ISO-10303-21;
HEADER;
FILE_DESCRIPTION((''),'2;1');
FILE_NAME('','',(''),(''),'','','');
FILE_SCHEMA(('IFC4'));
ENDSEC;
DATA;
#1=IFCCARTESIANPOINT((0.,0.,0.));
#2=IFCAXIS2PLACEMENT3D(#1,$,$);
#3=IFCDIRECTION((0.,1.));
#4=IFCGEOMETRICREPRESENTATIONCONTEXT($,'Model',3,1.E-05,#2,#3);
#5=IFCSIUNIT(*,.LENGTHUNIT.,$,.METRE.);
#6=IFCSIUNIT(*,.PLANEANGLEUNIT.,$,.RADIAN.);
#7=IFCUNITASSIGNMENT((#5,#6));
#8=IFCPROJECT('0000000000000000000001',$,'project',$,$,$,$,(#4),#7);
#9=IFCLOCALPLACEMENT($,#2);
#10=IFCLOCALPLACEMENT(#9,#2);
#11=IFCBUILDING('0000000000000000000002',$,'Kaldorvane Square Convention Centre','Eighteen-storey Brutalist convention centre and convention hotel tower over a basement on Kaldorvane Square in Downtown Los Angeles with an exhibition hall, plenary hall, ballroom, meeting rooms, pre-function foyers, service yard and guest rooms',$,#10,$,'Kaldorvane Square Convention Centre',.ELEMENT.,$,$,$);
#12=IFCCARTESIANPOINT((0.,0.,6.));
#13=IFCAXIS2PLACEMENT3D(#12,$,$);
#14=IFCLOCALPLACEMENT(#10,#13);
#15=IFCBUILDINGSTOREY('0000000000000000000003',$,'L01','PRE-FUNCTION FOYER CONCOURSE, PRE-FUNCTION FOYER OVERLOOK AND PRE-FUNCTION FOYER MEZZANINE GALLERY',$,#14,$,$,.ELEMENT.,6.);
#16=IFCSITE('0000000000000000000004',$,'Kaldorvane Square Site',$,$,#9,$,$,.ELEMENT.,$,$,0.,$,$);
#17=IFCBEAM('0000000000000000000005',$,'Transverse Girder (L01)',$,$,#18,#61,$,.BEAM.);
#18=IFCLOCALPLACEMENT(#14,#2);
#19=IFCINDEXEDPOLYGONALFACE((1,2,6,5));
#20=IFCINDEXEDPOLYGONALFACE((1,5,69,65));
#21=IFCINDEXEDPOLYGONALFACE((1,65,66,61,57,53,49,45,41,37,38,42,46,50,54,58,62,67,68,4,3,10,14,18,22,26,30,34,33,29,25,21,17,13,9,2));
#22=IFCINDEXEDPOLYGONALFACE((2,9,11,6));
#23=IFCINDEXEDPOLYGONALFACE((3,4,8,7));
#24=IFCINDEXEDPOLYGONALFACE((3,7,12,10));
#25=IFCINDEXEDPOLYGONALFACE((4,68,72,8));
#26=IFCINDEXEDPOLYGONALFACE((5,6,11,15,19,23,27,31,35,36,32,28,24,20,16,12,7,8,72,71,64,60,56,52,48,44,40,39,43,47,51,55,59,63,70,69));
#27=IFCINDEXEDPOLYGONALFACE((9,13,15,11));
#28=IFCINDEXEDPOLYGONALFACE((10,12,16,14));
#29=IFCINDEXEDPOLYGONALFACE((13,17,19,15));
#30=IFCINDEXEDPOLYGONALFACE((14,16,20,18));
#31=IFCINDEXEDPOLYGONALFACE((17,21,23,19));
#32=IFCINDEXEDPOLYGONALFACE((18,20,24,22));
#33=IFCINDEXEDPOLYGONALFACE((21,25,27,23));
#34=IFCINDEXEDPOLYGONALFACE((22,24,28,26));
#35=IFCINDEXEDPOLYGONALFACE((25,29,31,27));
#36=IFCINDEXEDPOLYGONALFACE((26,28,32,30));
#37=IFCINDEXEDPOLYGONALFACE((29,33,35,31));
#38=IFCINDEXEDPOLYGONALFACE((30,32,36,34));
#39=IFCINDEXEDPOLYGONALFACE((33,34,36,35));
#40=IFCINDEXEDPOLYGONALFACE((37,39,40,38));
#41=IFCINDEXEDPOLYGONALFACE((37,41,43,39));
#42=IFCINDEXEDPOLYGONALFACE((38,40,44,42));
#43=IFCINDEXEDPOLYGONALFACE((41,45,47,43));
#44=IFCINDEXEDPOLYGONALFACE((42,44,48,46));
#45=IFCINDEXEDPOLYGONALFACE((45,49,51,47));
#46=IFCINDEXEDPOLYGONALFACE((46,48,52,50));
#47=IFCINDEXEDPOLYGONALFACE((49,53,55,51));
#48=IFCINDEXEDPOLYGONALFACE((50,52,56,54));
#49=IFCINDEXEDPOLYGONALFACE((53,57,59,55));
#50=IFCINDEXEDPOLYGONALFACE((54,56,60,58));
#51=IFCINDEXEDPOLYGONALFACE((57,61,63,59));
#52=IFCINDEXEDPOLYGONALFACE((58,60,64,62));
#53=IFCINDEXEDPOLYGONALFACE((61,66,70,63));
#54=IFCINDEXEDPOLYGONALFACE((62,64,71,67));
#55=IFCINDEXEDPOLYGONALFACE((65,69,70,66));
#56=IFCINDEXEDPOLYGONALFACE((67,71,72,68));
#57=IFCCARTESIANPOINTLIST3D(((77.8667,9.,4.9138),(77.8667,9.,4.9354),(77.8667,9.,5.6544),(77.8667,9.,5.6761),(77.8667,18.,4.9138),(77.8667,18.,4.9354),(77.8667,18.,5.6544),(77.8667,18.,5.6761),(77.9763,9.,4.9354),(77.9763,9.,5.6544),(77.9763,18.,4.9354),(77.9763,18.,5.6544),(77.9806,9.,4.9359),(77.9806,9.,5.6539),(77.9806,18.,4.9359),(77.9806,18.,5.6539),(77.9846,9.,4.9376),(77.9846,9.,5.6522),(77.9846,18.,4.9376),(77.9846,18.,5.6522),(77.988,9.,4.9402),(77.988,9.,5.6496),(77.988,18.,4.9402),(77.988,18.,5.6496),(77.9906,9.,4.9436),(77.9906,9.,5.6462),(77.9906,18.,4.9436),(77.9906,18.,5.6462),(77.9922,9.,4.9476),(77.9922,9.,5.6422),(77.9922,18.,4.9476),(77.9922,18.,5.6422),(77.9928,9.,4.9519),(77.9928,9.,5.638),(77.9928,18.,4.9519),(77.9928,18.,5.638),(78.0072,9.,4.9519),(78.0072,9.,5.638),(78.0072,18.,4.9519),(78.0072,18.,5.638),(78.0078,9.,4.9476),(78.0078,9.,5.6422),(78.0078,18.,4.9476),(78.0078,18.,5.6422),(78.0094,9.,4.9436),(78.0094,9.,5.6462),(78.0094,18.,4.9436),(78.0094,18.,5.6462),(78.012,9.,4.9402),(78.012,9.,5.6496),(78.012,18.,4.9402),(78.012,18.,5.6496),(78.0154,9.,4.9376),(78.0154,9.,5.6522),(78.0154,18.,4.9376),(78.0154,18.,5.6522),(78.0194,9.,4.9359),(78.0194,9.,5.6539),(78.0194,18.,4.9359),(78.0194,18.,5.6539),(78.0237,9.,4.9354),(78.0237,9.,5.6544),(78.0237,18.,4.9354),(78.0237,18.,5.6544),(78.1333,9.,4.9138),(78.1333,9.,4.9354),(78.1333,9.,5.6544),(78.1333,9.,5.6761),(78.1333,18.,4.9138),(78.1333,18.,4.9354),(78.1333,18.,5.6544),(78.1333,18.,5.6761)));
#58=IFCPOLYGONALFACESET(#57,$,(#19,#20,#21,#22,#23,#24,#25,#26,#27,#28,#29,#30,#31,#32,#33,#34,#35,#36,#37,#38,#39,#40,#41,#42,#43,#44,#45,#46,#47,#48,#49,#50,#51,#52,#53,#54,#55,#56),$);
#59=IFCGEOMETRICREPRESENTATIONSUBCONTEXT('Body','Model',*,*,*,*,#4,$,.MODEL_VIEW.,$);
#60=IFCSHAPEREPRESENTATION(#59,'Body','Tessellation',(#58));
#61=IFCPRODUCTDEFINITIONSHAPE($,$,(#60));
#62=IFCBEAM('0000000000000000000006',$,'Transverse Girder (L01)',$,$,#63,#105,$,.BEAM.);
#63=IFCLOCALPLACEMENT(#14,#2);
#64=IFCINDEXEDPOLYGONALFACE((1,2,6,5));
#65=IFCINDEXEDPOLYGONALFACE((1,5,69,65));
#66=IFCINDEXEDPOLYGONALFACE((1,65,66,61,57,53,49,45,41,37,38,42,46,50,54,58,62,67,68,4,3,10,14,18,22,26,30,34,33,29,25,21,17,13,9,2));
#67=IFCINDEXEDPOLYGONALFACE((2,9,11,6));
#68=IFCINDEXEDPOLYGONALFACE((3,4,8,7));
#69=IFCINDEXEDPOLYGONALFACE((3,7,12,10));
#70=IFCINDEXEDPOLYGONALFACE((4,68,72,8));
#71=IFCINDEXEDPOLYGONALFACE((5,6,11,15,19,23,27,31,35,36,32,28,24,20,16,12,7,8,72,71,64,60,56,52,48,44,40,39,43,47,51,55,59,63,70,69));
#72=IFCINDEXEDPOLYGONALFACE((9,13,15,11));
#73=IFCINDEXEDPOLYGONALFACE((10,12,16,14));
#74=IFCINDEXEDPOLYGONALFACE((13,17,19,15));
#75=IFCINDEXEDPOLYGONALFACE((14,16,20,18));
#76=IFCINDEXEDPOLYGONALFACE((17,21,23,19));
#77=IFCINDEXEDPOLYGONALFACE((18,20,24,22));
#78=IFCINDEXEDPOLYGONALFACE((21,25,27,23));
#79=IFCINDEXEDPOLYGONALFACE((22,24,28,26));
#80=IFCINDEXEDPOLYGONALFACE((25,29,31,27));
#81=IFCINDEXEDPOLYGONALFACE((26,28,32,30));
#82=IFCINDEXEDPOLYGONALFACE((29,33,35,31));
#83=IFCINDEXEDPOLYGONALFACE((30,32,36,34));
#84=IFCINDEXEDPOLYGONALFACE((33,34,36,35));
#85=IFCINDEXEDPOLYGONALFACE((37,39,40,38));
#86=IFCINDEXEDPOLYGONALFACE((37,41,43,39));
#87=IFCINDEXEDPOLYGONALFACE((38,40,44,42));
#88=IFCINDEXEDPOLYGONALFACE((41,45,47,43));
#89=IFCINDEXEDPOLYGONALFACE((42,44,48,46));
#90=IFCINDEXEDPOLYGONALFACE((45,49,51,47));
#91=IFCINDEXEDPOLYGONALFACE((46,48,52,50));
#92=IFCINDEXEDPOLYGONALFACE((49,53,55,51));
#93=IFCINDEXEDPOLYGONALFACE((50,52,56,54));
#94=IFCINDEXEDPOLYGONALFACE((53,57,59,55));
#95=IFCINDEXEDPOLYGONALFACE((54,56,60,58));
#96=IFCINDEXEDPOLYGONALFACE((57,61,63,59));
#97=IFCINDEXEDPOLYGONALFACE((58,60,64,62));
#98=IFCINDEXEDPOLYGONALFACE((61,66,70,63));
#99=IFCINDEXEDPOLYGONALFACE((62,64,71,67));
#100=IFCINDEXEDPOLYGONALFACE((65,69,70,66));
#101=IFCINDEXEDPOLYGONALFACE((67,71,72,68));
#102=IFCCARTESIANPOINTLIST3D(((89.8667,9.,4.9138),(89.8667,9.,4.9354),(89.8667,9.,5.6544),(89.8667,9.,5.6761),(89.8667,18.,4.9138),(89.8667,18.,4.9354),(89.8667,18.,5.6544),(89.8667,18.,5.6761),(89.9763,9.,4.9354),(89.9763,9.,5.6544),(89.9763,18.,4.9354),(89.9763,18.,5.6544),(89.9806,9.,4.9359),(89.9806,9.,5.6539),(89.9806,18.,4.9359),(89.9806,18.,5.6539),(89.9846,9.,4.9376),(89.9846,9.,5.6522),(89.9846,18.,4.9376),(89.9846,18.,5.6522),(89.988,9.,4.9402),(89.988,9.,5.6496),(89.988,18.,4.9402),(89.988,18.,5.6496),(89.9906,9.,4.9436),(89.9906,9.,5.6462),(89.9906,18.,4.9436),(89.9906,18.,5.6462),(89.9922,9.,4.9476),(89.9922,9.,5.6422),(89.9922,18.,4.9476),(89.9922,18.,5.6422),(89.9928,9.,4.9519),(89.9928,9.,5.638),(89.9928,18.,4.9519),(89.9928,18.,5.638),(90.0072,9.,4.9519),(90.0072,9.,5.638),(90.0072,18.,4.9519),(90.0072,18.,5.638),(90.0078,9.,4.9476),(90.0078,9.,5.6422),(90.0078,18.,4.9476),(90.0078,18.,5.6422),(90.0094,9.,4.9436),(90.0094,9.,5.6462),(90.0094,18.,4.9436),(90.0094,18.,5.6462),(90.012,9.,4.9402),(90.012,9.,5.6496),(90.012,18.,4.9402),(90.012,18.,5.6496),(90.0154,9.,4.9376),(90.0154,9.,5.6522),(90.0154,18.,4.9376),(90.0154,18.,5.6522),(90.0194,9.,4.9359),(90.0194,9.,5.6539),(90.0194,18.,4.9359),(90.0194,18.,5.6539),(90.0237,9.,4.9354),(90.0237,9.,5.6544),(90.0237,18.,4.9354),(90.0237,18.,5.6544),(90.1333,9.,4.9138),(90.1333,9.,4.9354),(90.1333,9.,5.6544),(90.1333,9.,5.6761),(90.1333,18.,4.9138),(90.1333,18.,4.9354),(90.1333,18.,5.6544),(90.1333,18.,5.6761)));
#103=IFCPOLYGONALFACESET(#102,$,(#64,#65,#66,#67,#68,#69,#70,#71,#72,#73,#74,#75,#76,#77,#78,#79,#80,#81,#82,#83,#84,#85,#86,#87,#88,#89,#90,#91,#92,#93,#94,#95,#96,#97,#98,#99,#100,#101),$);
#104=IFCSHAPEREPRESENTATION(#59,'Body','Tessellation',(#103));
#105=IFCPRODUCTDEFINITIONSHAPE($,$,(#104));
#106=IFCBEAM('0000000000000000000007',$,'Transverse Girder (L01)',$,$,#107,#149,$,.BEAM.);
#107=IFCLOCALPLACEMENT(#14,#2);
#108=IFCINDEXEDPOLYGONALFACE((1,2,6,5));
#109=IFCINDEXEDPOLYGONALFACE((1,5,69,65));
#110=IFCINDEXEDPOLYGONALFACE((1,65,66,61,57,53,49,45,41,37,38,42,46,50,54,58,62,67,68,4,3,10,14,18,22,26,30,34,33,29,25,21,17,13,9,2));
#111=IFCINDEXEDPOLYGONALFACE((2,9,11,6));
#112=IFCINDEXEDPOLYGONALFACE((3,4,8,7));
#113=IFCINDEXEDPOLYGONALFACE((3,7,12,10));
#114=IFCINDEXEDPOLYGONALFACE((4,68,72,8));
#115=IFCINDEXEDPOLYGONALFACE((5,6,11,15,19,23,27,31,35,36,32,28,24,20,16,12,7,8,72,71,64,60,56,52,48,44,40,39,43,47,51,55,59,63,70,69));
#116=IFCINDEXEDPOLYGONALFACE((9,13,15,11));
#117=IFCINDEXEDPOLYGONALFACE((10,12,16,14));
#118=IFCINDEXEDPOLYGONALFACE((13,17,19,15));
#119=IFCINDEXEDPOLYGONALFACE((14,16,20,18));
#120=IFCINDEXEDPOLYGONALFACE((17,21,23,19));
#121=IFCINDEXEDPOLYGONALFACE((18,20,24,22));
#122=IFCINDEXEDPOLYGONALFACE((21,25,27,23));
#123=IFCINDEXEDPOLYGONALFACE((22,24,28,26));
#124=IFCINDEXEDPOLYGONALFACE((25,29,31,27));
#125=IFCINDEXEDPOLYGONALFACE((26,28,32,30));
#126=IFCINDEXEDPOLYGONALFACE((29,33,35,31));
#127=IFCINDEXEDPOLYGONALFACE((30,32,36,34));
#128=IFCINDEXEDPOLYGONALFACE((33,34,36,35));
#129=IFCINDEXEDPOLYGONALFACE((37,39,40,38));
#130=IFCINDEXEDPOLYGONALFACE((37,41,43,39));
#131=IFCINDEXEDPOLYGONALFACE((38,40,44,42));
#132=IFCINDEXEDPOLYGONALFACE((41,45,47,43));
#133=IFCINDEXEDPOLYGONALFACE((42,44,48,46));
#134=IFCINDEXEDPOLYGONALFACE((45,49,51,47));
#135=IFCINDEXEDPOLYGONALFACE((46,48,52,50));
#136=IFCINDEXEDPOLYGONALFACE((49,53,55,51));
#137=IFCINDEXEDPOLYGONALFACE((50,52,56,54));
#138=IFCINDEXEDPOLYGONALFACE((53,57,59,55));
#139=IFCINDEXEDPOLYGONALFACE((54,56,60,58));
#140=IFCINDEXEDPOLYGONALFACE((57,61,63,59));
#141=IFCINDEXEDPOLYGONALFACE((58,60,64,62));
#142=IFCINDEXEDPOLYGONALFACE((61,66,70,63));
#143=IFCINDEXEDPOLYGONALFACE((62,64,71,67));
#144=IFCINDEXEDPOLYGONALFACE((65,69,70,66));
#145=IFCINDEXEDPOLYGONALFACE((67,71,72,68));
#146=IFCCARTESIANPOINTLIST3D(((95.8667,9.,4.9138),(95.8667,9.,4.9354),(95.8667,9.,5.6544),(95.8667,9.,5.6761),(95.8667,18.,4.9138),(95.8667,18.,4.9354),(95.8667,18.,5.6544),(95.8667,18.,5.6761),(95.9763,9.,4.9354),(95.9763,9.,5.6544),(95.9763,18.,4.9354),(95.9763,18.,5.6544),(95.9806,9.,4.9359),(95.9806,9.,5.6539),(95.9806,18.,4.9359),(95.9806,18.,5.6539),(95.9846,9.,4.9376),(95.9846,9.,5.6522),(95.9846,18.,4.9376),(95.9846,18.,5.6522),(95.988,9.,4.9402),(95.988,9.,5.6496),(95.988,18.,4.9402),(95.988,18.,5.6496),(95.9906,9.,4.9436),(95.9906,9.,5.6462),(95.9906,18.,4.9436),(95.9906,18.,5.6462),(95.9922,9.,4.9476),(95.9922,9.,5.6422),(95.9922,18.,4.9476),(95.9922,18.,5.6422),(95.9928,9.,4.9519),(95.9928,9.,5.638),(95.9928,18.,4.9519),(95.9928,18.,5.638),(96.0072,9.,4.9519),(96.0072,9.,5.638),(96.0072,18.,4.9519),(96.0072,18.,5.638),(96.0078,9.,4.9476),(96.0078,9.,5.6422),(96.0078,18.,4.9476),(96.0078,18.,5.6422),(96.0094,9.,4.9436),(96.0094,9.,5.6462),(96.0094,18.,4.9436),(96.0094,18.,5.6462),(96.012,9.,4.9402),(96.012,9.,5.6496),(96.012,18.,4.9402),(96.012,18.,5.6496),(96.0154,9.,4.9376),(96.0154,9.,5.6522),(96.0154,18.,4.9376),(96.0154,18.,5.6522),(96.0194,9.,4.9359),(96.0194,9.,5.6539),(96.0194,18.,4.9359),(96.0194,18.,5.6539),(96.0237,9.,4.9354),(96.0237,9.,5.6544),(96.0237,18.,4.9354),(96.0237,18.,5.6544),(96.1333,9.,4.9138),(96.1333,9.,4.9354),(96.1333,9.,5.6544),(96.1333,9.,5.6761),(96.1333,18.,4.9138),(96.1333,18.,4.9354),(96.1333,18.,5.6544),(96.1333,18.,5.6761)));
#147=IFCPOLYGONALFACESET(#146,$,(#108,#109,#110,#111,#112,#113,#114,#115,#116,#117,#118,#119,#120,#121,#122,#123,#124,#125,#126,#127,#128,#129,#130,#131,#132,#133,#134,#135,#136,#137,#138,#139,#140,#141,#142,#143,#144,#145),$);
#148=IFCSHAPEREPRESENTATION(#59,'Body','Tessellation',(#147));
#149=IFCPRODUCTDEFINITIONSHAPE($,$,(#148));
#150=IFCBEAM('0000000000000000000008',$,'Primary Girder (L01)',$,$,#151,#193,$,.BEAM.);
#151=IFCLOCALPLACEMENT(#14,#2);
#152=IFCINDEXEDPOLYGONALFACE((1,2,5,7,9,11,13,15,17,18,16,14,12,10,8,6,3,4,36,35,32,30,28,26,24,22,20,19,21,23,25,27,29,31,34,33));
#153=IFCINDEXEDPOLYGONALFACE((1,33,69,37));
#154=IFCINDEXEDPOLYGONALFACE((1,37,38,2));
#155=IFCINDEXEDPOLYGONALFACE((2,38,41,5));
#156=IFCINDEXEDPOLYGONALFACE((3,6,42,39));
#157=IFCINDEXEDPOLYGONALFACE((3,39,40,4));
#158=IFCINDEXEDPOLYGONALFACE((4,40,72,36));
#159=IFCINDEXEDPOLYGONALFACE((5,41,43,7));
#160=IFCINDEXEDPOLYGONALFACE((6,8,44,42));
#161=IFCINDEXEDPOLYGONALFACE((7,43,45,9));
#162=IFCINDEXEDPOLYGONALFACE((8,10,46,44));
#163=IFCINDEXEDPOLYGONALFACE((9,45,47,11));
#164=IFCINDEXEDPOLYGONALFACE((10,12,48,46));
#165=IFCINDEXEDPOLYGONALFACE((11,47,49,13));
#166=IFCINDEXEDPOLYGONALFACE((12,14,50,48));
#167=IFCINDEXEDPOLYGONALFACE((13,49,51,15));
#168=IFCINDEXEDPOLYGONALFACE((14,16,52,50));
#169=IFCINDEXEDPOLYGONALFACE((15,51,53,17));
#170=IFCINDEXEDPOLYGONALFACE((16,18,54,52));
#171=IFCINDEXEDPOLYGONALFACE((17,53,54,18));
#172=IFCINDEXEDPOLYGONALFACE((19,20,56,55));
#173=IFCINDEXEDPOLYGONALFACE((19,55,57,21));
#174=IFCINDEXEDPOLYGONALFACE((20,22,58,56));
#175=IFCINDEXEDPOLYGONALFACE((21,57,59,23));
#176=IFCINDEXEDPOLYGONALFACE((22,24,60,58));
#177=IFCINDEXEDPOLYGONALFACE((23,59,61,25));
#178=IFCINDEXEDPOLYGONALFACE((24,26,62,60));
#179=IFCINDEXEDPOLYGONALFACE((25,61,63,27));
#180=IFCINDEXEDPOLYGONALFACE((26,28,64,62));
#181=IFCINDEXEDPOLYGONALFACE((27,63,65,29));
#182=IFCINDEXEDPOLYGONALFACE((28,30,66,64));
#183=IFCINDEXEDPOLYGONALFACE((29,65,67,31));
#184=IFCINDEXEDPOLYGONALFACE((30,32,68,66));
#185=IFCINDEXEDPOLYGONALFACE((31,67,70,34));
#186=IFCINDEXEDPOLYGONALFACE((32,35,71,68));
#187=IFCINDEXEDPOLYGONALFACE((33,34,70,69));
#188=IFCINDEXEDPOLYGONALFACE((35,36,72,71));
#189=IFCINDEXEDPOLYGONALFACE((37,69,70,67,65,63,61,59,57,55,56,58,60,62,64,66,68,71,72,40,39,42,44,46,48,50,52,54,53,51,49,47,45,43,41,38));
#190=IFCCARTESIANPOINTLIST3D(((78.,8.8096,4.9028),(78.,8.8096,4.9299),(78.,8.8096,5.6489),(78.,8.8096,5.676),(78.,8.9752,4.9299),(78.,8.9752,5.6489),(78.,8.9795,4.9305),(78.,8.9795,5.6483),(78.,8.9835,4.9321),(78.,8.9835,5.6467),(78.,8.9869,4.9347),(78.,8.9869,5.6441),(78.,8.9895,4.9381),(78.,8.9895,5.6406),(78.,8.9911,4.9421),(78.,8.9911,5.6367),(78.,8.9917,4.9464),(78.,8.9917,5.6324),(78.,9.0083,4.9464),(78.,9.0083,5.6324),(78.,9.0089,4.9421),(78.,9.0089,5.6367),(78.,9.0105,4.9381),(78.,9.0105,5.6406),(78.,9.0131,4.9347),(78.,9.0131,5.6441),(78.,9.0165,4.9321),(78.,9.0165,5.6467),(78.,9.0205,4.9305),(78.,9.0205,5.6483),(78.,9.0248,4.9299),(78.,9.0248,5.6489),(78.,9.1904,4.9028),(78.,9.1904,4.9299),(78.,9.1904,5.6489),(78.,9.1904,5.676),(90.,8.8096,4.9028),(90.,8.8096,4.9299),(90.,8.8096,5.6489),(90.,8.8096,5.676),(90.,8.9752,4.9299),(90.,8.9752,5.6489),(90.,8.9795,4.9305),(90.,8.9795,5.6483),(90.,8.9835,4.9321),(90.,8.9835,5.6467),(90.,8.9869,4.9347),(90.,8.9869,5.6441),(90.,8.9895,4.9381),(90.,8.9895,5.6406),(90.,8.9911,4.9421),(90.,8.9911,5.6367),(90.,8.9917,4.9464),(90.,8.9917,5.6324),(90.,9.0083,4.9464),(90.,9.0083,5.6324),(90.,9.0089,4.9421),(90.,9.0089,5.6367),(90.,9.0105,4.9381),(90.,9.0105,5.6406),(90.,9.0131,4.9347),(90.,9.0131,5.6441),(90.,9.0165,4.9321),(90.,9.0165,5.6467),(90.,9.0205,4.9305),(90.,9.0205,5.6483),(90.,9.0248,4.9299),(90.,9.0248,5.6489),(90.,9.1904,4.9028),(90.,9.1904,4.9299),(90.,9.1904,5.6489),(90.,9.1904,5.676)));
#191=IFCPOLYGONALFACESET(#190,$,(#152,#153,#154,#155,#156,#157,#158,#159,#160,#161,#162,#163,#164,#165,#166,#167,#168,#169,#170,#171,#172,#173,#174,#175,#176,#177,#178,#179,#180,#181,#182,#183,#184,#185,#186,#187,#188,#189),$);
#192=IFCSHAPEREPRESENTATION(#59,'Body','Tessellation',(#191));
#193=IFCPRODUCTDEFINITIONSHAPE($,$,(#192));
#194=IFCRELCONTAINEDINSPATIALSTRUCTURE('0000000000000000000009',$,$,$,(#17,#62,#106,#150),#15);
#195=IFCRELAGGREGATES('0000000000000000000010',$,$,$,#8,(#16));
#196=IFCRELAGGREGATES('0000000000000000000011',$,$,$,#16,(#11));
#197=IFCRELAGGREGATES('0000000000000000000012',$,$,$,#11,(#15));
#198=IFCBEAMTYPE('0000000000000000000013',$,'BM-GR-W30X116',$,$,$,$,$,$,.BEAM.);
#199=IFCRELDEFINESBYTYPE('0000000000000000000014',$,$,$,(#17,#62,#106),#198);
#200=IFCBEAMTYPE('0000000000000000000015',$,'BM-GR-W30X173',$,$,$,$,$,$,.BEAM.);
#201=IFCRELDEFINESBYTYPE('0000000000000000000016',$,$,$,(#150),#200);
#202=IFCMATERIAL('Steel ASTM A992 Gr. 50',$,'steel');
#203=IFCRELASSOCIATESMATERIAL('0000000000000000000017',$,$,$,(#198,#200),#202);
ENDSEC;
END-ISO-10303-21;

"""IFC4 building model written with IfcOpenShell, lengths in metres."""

from ifc_helpers import new_model, si_unit, direction, frame, origin, origin_2d, place, context, subcontext, project, spatial, i_section, extrude, material, material_profile, profile_set, type_object, element, save


model = new_model("IFC4")

# Units and contexts
model_context = context("Model", 3, precision=1e-05, world=origin(), true_north=direction((0.0, 1.0)))
body_context = subcontext(model_context, "Body", "Model", "MODEL_VIEW")
ifc_project = project(units=[si_unit("LENGTHUNIT", "METRE"), si_unit("PLANEANGLEUNIT", "RADIAN")], contexts=[model_context])

# Site, building, storey
site_placement = place(None, origin())
site = spatial("IfcSite", under=ifc_project, at=site_placement, Name="Kaldorvane Square Site", CompositionType="ELEMENT", RefElevation=0.0)
building_placement = place(site_placement, origin())
building = spatial("IfcBuilding", under=site, at=building_placement, Name="Kaldorvane Square Convention Centre", Description="Eighteen-storey Brutalist convention centre and convention hotel tower over a basement on Kaldorvane Square in Downtown Los Angeles with an exhibition hall, plenary hall, ballroom, meeting rooms, pre-function foyers, service yard and guest rooms", LongName="Kaldorvane Square Convention Centre", CompositionType="ELEMENT")
storey_placement = place(building_placement, frame((0.0, 0.0, 6.0)))
storey = spatial("IfcBuildingStorey", under=building, at=storey_placement, Name="L01", Description="PRE-FUNCTION FOYER CONCOURSE, PRE-FUNCTION FOYER OVERLOOK AND PRE-FUNCTION FOYER MEZZANINE GALLERY", CompositionType="ELEMENT", Elevation=6.0)

# Shared definitions
ifc_material_1 = material(Name="Steel ASTM A992 Gr. 50", Category="steel")

# Beams
ifc_material_profile_1 = material_profile(ifc_material_1, i_section(OverallWidth=0.2666, OverallDepth=0.7623, WebThickness=0.0144, FlangeThickness=0.0216, FilletRadius=0.0165, at=origin_2d()), Name="W30X116")
ifc_profile_set_1 = profile_set([ifc_material_profile_1], Name="Steel ASTM A992 Gr. 50")
beam_type_1 = type_object("IfcBeamType", Name="BM-GR-W30X116", PredefinedType="BEAM", material=ifc_profile_set_1)
for number, where, z_axis, x_axis, name in (
    (1, (78.0, 9.0, 5.2949), (0.0, 1.0, 0.0), (-1.0, 0.0, 0.0), "Transverse Girder (L01)"),
    (2, (90.0, 9.0, 5.2949), (0.0, 1.0, 0.0), (-1.0, 0.0, 0.0), "Transverse Girder (L01)"),
    (3, (96.0, 9.0, 5.2949), (0.0, 1.0, 0.0), (-1.0, 0.0, 0.0), "Transverse Girder (L01)"),
):
    element("IfcBeam", number, at=place(storey_placement, frame(where, z_axis=z_axis, x_axis=x_axis)), inside=storey, type_object=beam_type_1, Name=name, PredefinedType="BEAM", context=body_context, shape_type="SweptSolid", body=[
        extrude(i_section(OverallWidth=0.2666, OverallDepth=0.7623, WebThickness=0.0144, FlangeThickness=0.0216, FilletRadius=0.0165, at=origin_2d()), origin(), (0.0, 0.0, 1.0), 9.0),
    ])
ifc_material_profile_2 = material_profile(ifc_material_1, i_section(OverallWidth=0.3807, OverallDepth=0.7732, WebThickness=0.0166, FlangeThickness=0.0271, FilletRadius=0.0165, at=origin_2d()), Name="W30X173")
ifc_profile_set_2 = profile_set([ifc_material_profile_2], Name="Steel ASTM A992 Gr. 50")
beam_type_2 = type_object("IfcBeamType", Name="BM-GR-W30X173", PredefinedType="BEAM", material=ifc_profile_set_2)
for number, where, z_axis, x_axis, name in (
    (4, (78.0, 9.0, 5.2894), (1.0, 0.0, 0.0), (0.0, 1.0, 0.0), "Primary Girder (L01)"),
):
    element("IfcBeam", number, at=place(storey_placement, frame(where, z_axis=z_axis, x_axis=x_axis)), inside=storey, type_object=beam_type_2, Name=name, PredefinedType="BEAM", context=body_context, shape_type="SweptSolid", body=[
        extrude(i_section(OverallWidth=0.3807, OverallDepth=0.7732, WebThickness=0.0166, FlangeThickness=0.0271, FilletRadius=0.0165, at=origin_2d()), origin(), (0.0, 0.0, 1.0), 12.0),
    ])

save(model, "model.ifc")
